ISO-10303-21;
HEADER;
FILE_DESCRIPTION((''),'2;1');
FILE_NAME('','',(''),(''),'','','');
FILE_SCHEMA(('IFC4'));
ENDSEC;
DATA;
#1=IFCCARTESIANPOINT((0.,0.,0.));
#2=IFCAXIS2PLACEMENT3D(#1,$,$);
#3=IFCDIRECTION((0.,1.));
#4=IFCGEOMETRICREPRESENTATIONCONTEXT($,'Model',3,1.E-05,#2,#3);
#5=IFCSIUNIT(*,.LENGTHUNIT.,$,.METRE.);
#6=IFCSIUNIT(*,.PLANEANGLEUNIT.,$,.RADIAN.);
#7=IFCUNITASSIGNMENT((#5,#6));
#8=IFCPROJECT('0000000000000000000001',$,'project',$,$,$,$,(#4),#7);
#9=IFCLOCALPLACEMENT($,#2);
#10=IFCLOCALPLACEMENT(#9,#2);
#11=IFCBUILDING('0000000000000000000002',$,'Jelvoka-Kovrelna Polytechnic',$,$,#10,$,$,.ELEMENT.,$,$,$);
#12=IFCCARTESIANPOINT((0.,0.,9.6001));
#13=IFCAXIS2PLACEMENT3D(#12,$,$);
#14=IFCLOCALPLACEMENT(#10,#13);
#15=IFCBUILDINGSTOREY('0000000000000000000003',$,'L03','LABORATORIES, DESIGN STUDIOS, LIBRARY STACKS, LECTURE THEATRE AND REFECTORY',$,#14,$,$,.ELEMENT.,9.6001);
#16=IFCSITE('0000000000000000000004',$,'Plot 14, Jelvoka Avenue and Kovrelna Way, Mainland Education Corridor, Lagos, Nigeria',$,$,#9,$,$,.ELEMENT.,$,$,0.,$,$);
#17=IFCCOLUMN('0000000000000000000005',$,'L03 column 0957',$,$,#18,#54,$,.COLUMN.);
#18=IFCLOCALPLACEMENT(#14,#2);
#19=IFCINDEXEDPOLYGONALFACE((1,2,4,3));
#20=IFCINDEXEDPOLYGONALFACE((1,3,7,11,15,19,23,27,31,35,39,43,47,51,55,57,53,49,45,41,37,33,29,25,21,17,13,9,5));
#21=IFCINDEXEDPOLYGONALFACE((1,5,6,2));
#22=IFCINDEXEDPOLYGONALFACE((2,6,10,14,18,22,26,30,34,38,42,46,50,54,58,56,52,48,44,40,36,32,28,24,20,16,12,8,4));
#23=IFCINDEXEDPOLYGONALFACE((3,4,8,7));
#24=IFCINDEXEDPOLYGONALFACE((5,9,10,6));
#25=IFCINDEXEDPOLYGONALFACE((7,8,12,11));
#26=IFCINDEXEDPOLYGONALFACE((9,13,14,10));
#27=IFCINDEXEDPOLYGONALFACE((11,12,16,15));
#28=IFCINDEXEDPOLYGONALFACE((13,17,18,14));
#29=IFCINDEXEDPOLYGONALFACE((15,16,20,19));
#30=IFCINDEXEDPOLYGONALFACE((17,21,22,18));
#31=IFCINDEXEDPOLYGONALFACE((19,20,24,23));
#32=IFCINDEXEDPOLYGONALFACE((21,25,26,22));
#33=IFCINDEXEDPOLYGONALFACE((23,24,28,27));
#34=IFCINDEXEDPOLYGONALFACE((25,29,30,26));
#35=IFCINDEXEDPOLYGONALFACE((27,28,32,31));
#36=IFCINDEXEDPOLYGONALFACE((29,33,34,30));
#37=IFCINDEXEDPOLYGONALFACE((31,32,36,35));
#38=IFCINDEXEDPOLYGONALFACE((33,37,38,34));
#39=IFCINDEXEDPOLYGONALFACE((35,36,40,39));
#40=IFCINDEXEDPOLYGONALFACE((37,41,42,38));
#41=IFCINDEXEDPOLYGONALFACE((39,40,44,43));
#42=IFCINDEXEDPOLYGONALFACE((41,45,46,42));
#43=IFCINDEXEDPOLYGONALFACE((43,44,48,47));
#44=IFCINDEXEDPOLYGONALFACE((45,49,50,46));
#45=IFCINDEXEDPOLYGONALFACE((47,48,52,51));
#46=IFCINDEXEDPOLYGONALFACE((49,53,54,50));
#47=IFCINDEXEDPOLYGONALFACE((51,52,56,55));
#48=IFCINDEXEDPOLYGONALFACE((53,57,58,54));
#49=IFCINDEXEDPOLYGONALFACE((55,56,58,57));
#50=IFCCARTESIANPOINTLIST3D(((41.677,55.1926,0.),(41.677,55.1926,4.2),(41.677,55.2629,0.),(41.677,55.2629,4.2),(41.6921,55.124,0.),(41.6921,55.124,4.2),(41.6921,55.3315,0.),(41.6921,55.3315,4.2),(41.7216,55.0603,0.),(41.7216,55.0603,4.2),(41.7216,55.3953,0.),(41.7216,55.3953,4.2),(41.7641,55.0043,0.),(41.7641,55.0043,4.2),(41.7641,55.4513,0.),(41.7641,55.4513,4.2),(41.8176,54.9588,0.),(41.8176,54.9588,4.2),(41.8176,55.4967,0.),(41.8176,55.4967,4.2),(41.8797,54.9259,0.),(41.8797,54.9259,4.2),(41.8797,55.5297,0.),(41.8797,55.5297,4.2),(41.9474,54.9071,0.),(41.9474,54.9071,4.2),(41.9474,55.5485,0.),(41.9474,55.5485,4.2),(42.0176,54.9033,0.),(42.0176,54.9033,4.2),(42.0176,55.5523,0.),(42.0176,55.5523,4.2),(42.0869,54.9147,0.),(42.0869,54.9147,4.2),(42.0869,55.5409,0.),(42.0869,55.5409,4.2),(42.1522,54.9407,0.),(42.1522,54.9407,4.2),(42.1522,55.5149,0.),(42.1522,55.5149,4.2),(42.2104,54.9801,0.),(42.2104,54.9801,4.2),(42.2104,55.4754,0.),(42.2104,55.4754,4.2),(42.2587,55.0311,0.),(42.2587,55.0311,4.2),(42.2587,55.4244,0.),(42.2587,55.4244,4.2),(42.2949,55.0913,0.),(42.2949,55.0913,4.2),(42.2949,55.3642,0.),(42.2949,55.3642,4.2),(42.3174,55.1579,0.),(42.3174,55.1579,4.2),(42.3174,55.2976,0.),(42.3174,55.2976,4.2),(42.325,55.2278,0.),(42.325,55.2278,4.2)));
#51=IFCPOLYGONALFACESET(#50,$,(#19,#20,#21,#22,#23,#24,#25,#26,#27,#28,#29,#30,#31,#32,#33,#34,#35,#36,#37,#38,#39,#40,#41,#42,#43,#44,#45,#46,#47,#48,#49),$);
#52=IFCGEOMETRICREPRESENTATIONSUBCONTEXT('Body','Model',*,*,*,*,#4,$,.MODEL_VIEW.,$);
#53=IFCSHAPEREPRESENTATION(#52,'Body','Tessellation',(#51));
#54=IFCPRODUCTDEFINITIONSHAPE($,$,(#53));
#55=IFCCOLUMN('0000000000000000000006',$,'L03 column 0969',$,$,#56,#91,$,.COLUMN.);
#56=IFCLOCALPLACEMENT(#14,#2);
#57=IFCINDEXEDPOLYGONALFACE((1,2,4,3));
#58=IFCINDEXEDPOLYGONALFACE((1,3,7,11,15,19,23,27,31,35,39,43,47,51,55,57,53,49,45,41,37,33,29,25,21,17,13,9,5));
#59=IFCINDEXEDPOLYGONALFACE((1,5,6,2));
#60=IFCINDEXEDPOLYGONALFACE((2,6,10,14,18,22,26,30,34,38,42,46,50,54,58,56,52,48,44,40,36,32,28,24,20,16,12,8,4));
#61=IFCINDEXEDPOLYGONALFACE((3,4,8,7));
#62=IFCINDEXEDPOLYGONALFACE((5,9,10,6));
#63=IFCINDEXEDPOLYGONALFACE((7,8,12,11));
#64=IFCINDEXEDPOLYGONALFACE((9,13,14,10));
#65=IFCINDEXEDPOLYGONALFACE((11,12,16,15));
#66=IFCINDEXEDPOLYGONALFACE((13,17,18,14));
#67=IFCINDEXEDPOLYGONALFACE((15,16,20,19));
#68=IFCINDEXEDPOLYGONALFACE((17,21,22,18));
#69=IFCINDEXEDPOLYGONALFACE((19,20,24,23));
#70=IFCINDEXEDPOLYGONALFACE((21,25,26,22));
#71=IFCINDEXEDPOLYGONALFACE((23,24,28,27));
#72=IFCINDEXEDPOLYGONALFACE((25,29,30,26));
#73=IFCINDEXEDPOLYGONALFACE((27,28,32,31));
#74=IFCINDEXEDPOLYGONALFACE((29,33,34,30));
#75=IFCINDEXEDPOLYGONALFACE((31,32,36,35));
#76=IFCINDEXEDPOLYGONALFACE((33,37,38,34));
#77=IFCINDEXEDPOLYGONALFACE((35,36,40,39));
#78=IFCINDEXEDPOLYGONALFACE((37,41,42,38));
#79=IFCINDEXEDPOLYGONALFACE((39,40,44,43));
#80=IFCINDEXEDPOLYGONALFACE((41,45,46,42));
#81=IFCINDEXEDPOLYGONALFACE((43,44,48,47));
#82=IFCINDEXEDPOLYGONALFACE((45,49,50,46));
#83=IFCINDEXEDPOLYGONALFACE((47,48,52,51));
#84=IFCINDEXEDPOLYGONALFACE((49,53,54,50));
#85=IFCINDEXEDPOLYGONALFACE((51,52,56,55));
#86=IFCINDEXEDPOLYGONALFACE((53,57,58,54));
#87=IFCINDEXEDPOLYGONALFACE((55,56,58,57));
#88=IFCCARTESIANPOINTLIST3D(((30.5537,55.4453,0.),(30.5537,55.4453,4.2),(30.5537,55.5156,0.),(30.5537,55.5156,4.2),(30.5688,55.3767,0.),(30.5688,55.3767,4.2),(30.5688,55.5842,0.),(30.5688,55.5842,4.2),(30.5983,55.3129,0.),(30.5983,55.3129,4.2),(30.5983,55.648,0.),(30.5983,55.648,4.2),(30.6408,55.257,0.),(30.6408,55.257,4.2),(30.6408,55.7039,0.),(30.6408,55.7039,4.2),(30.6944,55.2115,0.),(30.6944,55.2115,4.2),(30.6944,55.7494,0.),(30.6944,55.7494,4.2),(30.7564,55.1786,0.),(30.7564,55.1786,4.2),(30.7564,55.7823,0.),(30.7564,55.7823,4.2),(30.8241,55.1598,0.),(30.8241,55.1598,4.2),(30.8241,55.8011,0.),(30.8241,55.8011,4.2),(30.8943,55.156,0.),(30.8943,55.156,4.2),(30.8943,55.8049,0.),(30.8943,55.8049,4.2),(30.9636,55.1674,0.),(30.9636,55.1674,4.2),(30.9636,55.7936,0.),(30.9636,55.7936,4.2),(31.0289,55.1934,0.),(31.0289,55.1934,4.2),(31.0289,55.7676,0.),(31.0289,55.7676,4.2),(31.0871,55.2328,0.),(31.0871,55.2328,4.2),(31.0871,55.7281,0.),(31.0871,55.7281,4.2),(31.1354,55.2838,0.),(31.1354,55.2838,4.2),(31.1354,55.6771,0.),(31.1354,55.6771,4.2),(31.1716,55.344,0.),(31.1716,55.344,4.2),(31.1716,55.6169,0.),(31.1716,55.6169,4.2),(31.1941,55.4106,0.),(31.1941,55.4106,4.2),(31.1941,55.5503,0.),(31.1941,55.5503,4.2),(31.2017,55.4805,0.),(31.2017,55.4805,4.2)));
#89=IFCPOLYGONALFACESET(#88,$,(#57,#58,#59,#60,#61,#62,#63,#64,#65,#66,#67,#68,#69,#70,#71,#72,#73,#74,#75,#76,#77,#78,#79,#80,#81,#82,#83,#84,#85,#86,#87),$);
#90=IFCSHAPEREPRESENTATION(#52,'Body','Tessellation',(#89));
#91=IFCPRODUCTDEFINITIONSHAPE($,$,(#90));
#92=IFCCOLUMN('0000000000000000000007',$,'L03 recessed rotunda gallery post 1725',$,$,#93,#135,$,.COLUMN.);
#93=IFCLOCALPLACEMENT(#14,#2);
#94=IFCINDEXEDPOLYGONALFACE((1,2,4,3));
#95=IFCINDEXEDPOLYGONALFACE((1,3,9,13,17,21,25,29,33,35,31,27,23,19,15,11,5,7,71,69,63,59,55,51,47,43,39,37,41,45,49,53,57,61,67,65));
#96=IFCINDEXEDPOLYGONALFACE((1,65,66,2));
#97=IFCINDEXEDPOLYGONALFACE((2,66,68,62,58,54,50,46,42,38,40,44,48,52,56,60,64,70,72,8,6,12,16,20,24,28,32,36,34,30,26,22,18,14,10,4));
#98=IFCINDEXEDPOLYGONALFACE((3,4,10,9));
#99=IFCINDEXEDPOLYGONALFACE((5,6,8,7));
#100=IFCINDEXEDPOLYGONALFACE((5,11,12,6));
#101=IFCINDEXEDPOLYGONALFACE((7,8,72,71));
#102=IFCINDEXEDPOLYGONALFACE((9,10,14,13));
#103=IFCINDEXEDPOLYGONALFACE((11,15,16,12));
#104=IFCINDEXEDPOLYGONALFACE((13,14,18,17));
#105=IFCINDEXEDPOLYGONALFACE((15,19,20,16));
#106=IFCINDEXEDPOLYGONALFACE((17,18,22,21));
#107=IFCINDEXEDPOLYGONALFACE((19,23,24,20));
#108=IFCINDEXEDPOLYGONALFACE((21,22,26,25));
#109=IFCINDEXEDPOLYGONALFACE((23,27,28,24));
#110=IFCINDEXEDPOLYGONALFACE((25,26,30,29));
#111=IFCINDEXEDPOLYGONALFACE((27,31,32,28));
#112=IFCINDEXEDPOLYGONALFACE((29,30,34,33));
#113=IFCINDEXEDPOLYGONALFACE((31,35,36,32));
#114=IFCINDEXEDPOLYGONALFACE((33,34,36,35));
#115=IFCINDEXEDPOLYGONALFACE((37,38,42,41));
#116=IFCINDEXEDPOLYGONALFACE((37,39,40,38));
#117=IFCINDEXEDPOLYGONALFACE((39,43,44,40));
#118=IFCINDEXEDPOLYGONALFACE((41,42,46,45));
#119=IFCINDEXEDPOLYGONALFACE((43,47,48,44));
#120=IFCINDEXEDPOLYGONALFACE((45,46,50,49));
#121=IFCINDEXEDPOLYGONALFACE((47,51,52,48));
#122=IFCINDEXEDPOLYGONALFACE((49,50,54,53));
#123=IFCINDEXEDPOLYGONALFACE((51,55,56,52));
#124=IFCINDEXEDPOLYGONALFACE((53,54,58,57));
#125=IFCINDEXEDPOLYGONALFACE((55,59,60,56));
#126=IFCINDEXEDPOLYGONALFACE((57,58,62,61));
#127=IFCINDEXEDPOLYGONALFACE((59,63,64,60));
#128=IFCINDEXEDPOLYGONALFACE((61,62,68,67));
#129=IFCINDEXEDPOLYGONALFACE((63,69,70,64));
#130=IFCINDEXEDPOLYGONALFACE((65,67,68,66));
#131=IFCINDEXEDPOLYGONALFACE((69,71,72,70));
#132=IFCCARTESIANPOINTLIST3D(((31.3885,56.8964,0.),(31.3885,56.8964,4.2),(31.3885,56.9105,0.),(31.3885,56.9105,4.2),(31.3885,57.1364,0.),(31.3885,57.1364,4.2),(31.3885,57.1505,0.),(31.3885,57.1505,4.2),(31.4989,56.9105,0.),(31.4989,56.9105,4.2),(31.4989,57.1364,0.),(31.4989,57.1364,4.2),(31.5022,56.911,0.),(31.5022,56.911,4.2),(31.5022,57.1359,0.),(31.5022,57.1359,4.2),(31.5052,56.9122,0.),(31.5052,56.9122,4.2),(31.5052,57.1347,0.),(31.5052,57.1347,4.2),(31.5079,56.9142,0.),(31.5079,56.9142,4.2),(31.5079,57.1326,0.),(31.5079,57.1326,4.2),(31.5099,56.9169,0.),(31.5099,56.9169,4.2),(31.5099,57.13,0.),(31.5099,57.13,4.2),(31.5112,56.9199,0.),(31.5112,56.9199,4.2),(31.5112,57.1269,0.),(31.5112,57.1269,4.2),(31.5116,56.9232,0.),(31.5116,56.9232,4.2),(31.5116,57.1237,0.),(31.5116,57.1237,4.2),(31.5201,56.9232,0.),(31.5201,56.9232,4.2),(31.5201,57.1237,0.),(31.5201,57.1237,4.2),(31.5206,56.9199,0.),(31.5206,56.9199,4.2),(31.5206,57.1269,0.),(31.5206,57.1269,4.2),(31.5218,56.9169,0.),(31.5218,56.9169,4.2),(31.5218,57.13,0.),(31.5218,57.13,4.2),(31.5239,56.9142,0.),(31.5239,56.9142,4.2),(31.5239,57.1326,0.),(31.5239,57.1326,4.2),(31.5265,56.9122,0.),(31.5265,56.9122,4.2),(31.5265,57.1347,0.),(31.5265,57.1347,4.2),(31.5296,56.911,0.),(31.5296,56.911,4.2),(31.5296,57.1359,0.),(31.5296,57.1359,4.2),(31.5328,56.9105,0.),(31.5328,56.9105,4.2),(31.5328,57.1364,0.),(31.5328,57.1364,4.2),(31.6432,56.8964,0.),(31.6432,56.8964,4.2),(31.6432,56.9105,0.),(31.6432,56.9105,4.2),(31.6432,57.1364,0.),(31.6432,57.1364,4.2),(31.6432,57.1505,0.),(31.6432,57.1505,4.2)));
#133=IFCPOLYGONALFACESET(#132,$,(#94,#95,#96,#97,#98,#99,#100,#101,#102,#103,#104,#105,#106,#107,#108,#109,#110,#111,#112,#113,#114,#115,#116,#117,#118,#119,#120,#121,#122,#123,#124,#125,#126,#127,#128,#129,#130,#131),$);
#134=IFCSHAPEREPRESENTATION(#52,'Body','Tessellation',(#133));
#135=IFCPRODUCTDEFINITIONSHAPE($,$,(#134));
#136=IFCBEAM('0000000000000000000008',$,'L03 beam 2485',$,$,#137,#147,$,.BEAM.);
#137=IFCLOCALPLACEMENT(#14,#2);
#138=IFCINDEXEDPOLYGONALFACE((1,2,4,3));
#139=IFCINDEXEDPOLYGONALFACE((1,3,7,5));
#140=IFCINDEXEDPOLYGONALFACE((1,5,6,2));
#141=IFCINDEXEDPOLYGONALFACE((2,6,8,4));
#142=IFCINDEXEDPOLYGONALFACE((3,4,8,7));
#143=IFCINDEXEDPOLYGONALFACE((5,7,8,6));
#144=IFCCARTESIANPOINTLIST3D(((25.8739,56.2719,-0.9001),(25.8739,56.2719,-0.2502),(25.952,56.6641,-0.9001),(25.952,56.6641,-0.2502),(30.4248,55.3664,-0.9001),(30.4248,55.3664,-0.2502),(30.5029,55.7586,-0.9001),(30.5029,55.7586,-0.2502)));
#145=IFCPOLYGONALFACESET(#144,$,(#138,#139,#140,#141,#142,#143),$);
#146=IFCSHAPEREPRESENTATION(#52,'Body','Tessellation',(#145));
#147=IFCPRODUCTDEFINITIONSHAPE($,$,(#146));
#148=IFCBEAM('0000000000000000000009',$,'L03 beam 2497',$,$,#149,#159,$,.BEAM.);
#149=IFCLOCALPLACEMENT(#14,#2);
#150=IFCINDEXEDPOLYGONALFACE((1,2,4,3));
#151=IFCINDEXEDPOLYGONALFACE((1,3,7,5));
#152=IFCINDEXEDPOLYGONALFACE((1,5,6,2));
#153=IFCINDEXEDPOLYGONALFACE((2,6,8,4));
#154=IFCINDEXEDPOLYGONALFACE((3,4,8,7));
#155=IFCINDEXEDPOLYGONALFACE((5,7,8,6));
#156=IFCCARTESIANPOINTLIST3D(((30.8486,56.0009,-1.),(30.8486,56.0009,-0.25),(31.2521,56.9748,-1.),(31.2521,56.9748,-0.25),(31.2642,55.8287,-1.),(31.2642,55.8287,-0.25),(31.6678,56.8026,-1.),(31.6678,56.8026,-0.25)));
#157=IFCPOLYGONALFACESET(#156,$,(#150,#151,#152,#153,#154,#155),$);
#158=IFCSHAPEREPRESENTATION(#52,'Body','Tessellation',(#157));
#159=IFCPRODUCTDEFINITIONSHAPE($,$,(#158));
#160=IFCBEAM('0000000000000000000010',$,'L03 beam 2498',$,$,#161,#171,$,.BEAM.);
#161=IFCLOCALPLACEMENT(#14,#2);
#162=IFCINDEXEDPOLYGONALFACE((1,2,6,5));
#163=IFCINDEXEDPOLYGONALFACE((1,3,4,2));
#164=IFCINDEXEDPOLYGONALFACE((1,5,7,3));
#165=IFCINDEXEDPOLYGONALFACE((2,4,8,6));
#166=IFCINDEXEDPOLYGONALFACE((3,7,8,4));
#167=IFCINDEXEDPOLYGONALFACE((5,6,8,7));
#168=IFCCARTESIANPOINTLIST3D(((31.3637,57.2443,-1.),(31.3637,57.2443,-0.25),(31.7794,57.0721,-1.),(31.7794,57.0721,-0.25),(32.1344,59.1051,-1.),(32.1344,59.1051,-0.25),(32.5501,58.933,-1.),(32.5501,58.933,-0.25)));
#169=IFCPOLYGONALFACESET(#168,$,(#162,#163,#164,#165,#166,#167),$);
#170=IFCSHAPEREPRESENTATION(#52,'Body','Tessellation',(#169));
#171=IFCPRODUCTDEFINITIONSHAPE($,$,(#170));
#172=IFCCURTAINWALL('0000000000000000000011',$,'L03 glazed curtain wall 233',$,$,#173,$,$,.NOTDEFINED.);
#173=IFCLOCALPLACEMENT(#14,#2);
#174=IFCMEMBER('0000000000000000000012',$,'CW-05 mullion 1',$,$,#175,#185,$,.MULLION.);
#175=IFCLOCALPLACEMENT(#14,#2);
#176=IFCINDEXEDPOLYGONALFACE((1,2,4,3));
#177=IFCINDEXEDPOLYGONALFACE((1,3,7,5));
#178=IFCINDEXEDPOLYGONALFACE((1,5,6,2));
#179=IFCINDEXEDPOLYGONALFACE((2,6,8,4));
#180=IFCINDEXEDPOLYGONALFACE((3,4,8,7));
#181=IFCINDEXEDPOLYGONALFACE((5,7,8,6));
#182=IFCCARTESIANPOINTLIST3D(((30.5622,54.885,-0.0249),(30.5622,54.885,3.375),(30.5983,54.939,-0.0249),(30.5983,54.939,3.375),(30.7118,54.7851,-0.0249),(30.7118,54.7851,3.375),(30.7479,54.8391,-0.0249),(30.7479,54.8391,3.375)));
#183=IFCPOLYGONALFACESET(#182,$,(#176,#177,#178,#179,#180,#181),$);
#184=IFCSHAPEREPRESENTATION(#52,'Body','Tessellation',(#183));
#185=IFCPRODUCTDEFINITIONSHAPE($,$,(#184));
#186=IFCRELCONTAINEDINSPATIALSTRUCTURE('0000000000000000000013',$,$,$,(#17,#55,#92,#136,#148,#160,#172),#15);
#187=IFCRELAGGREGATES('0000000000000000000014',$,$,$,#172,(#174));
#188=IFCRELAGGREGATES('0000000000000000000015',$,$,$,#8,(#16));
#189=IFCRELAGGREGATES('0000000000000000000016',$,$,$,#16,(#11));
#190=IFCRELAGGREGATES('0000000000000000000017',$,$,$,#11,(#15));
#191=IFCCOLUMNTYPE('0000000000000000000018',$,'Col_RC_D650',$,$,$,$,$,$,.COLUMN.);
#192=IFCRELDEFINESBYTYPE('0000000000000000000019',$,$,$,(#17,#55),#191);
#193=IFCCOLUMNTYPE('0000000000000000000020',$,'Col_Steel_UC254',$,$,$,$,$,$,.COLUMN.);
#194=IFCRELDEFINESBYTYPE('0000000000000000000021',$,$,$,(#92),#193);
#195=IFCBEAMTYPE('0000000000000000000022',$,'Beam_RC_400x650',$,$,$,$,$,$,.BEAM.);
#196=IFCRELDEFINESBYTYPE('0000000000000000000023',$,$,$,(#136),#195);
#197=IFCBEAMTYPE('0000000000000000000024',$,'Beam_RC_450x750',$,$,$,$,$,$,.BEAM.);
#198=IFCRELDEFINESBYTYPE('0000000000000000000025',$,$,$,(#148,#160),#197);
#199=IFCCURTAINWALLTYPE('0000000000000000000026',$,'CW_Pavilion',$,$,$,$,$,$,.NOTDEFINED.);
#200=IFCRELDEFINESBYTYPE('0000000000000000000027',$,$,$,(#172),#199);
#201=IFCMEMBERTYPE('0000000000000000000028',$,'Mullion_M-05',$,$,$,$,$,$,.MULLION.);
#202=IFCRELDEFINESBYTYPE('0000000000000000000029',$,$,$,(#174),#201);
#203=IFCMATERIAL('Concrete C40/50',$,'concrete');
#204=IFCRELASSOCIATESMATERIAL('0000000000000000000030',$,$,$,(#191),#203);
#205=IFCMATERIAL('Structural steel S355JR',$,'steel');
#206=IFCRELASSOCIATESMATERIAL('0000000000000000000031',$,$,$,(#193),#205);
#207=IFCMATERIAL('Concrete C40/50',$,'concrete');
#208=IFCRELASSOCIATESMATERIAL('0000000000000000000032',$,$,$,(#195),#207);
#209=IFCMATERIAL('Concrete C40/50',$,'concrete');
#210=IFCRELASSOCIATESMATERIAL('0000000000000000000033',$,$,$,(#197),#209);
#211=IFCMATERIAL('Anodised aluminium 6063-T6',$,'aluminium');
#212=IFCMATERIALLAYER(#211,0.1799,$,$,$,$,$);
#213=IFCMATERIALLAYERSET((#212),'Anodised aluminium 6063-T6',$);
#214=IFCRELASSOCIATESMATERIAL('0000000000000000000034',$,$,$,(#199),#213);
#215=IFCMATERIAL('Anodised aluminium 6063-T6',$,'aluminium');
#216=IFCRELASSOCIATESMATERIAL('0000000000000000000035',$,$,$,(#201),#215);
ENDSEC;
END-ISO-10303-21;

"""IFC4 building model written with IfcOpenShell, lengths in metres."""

from ifc_helpers import new_model, si_unit, direction, frame, origin, origin_2d, place, context, subcontext, project, spatial, rectangle, circle, i_section, extrude, material, layer, layer_set, material_profile, profile_set, type_object, element, aggregate, save


model = new_model("IFC4")

# Units and contexts
model_context = context("Model", 3, precision=1e-05, world=origin(), true_north=direction((0.0, 1.0)))
body_context = subcontext(model_context, "Body", "Model", "MODEL_VIEW")
ifc_project = project(units=[si_unit("LENGTHUNIT", "METRE"), si_unit("PLANEANGLEUNIT", "RADIAN")], contexts=[model_context])

# Site, building, storey
site_placement = place(None, origin())
site = spatial("IfcSite", under=ifc_project, at=site_placement, Name="Plot 14, Jelvoka Avenue and Kovrelna Way, Mainland Education Corridor, Lagos, Nigeria", CompositionType="ELEMENT", RefElevation=0.0)
building_placement = place(site_placement, origin())
building = spatial("IfcBuilding", under=site, at=building_placement, Name="Jelvoka-Kovrelna Polytechnic", CompositionType="ELEMENT")
storey_placement = place(building_placement, frame((0.0, 0.0, 9.6001)))
storey = spatial("IfcBuildingStorey", under=building, at=storey_placement, Name="L03", Description="LABORATORIES, DESIGN STUDIOS, LIBRARY STACKS, LECTURE THEATRE AND REFECTORY", CompositionType="ELEMENT", Elevation=9.6001)

# Columns
ifc_material_1 = material(Name="Concrete C40/50", Category="concrete")
ifc_material_profile_1 = material_profile(ifc_material_1, circle(Radius=0.325, at=origin_2d()), Name="RC D650")
ifc_profile_set_1 = profile_set([ifc_material_profile_1], Name="Concrete C40/50")
column_type_1 = type_object("IfcColumnType", Name="Col_RC_D650", PredefinedType="COLUMN", material=ifc_profile_set_1)
for number, where, z_axis, x_axis, name in (
    (1, (42.0, 55.2278, 0.0), (0.0, 0.0, 1.0), (1.0, 0.0, 0.0), "L03 column 0957"),
    (2, (30.8767, 55.4805, 0.0), (0.0, 0.0, 1.0), (1.0, 0.0, 0.0), "L03 column 0969"),
):
    element("IfcColumn", number, at=place(storey_placement, frame(where, z_axis=z_axis, x_axis=x_axis)), inside=storey, type_object=column_type_1, Name=name, PredefinedType="COLUMN", context=body_context, shape_type="SweptSolid", body=[
        extrude(circle(Radius=0.325, at=origin_2d()), origin(), (0.0, 0.0, 1.0), 4.2),
    ])
ifc_material_2 = material(Name="Structural steel S355JR", Category="steel")
ifc_material_profile_2 = material_profile(ifc_material_2, i_section(OverallWidth=0.2546, OverallDepth=0.2542, WebThickness=0.0085, FlangeThickness=0.0142, FilletRadius=0.0127, at=origin_2d()), Name="254x254x73 UC")
ifc_profile_set_2 = profile_set([ifc_material_profile_2], Name="Structural steel S355JR")
column_type_2 = type_object("IfcColumnType", Name="Col_Steel_UC254", PredefinedType="COLUMN", material=ifc_profile_set_2)
column_placement = place(storey_placement, frame((31.5159, 57.0234, 0.0), z_axis=(0.0, 0.0, 1.0), x_axis=(1.0, 0.0, 0.0)))
element("IfcColumn", 3, at=column_placement, inside=storey, type_object=column_type_2, Name="L03 recessed rotunda gallery post 1725", PredefinedType="COLUMN", context=body_context, shape_type="SweptSolid", body=[
    extrude(i_section(OverallWidth=0.2546, OverallDepth=0.2542, WebThickness=0.0085, FlangeThickness=0.0142, FilletRadius=0.0127, at=origin_2d()), origin(), (0.0, 0.0, 1.0), 4.2),
])

# Beams
ifc_material_3 = material(Name="Concrete C40/50", Category="concrete")
ifc_material_profile_3 = material_profile(ifc_material_3, rectangle(XDim=0.3999, YDim=0.6499, at=origin_2d()), Name="RC 400x650")
ifc_profile_set_3 = profile_set([ifc_material_profile_3], Name="Concrete C40/50")
beam_type_1 = type_object("IfcBeamType", Name="Beam_RC_400x650", PredefinedType="BEAM", material=ifc_profile_set_3)
beam_1_placement = place(storey_placement, frame((30.4639, 55.5625, -0.5752), z_axis=(-0.980774, 0.195145, 0.0), x_axis=(-0.195145, -0.980774, 0.0)))
element("IfcBeam", 4, at=beam_1_placement, inside=storey, type_object=beam_type_1, Name="L03 beam 2485", PredefinedType="BEAM", context=body_context, shape_type="SweptSolid", body=[
    extrude(rectangle(XDim=0.3999, YDim=0.6499, at=origin_2d()), origin(), (0.0, 0.0, 1.0), 4.6401),
])
ifc_material_4 = material(Name="Concrete C40/50", Category="concrete")
ifc_material_profile_4 = material_profile(ifc_material_4, rectangle(XDim=0.45, YDim=0.75, at=origin_2d()), Name="RC 450x750")
ifc_profile_set_4 = profile_set([ifc_material_profile_4], Name="Concrete C40/50")
beam_type_2 = type_object("IfcBeamType", Name="Beam_RC_450x750", PredefinedType="BEAM", material=ifc_profile_set_4)
beam_2_placement = place(storey_placement, frame((31.0564, 55.9148, -0.625), z_axis=(0.382822, 0.923822, 0.0), x_axis=(-0.923822, 0.382822, 0.0)))
element("IfcBeam", 5, at=beam_2_placement, inside=storey, type_object=beam_type_2, Name="L03 beam 2497", PredefinedType="BEAM", context=body_context, shape_type="SweptSolid", body=[
    extrude(rectangle(XDim=0.45, YDim=0.75, at=origin_2d()), origin(), (0.0, 0.0, 1.0), 1.0542),
])
beam_3_placement = place(storey_placement, frame((31.5715, 57.1582, -0.625), z_axis=(0.382669, 0.923885, 0.0), x_axis=(-0.923885, 0.382669, 0.0)))
element("IfcBeam", 6, at=beam_3_placement, inside=storey, type_object=beam_type_2, Name="L03 beam 2498", PredefinedType="BEAM", context=body_context, shape_type="SweptSolid", body=[
    extrude(rectangle(XDim=0.45, YDim=0.75, at=origin_2d()), origin(), (0.0, 0.0, 1.0), 2.0142),
])

# Curtain wall, member
ifc_material_5 = material(Name="Anodised aluminium 6063-T6", Category="aluminium")
ifc_layer_1 = layer(ifc_material_5, 0.1799)
ifc_layer_set_1 = layer_set([ifc_layer_1], Name="Anodised aluminium 6063-T6")
curtain_wall_type = type_object("IfcCurtainWallType", Name="CW_Pavilion", PredefinedType="NOTDEFINED", material=ifc_layer_set_1)
curtain_wall_1_placement = place(storey_placement, origin())
curtain_wall_1 = element("IfcCurtainWall", 7, at=curtain_wall_1_placement, inside=storey, type_object=curtain_wall_type, Name="L03 glazed curtain wall 233", PredefinedType="NOTDEFINED")
ifc_material_6 = material(Name="Anodised aluminium 6063-T6", Category="aluminium")
ifc_material_profile_5 = material_profile(ifc_material_6, rectangle(XDim=0.0649, YDim=0.1799, at=origin_2d()), Name="ALU 65x180")
ifc_profile_set_5 = profile_set([ifc_material_profile_5], Name="Anodised aluminium 6063-T6")
member_type_1 = type_object("IfcMemberType", Name="Mullion_M-05", PredefinedType="MULLION", material=ifc_profile_set_5)
member_1_placement = place(storey_placement, frame((30.655, 54.8621, -0.0249), z_axis=(0.0, 0.0, 1.0), x_axis=(0.555583, 0.831461, 0.0)))
member_1 = element("IfcMember", 8, at=member_1_placement, type_object=member_type_1, Name="CW-05 mullion 1", PredefinedType="MULLION", context=body_context, shape_type="SweptSolid", body=[
    extrude(rectangle(XDim=0.0649, YDim=0.1799, at=origin_2d()), origin(), (0.0, 0.0, 1.0), 3.3999),
])

aggregate(curtain_wall_1, [member_1])

save(model, "model.ifc")
